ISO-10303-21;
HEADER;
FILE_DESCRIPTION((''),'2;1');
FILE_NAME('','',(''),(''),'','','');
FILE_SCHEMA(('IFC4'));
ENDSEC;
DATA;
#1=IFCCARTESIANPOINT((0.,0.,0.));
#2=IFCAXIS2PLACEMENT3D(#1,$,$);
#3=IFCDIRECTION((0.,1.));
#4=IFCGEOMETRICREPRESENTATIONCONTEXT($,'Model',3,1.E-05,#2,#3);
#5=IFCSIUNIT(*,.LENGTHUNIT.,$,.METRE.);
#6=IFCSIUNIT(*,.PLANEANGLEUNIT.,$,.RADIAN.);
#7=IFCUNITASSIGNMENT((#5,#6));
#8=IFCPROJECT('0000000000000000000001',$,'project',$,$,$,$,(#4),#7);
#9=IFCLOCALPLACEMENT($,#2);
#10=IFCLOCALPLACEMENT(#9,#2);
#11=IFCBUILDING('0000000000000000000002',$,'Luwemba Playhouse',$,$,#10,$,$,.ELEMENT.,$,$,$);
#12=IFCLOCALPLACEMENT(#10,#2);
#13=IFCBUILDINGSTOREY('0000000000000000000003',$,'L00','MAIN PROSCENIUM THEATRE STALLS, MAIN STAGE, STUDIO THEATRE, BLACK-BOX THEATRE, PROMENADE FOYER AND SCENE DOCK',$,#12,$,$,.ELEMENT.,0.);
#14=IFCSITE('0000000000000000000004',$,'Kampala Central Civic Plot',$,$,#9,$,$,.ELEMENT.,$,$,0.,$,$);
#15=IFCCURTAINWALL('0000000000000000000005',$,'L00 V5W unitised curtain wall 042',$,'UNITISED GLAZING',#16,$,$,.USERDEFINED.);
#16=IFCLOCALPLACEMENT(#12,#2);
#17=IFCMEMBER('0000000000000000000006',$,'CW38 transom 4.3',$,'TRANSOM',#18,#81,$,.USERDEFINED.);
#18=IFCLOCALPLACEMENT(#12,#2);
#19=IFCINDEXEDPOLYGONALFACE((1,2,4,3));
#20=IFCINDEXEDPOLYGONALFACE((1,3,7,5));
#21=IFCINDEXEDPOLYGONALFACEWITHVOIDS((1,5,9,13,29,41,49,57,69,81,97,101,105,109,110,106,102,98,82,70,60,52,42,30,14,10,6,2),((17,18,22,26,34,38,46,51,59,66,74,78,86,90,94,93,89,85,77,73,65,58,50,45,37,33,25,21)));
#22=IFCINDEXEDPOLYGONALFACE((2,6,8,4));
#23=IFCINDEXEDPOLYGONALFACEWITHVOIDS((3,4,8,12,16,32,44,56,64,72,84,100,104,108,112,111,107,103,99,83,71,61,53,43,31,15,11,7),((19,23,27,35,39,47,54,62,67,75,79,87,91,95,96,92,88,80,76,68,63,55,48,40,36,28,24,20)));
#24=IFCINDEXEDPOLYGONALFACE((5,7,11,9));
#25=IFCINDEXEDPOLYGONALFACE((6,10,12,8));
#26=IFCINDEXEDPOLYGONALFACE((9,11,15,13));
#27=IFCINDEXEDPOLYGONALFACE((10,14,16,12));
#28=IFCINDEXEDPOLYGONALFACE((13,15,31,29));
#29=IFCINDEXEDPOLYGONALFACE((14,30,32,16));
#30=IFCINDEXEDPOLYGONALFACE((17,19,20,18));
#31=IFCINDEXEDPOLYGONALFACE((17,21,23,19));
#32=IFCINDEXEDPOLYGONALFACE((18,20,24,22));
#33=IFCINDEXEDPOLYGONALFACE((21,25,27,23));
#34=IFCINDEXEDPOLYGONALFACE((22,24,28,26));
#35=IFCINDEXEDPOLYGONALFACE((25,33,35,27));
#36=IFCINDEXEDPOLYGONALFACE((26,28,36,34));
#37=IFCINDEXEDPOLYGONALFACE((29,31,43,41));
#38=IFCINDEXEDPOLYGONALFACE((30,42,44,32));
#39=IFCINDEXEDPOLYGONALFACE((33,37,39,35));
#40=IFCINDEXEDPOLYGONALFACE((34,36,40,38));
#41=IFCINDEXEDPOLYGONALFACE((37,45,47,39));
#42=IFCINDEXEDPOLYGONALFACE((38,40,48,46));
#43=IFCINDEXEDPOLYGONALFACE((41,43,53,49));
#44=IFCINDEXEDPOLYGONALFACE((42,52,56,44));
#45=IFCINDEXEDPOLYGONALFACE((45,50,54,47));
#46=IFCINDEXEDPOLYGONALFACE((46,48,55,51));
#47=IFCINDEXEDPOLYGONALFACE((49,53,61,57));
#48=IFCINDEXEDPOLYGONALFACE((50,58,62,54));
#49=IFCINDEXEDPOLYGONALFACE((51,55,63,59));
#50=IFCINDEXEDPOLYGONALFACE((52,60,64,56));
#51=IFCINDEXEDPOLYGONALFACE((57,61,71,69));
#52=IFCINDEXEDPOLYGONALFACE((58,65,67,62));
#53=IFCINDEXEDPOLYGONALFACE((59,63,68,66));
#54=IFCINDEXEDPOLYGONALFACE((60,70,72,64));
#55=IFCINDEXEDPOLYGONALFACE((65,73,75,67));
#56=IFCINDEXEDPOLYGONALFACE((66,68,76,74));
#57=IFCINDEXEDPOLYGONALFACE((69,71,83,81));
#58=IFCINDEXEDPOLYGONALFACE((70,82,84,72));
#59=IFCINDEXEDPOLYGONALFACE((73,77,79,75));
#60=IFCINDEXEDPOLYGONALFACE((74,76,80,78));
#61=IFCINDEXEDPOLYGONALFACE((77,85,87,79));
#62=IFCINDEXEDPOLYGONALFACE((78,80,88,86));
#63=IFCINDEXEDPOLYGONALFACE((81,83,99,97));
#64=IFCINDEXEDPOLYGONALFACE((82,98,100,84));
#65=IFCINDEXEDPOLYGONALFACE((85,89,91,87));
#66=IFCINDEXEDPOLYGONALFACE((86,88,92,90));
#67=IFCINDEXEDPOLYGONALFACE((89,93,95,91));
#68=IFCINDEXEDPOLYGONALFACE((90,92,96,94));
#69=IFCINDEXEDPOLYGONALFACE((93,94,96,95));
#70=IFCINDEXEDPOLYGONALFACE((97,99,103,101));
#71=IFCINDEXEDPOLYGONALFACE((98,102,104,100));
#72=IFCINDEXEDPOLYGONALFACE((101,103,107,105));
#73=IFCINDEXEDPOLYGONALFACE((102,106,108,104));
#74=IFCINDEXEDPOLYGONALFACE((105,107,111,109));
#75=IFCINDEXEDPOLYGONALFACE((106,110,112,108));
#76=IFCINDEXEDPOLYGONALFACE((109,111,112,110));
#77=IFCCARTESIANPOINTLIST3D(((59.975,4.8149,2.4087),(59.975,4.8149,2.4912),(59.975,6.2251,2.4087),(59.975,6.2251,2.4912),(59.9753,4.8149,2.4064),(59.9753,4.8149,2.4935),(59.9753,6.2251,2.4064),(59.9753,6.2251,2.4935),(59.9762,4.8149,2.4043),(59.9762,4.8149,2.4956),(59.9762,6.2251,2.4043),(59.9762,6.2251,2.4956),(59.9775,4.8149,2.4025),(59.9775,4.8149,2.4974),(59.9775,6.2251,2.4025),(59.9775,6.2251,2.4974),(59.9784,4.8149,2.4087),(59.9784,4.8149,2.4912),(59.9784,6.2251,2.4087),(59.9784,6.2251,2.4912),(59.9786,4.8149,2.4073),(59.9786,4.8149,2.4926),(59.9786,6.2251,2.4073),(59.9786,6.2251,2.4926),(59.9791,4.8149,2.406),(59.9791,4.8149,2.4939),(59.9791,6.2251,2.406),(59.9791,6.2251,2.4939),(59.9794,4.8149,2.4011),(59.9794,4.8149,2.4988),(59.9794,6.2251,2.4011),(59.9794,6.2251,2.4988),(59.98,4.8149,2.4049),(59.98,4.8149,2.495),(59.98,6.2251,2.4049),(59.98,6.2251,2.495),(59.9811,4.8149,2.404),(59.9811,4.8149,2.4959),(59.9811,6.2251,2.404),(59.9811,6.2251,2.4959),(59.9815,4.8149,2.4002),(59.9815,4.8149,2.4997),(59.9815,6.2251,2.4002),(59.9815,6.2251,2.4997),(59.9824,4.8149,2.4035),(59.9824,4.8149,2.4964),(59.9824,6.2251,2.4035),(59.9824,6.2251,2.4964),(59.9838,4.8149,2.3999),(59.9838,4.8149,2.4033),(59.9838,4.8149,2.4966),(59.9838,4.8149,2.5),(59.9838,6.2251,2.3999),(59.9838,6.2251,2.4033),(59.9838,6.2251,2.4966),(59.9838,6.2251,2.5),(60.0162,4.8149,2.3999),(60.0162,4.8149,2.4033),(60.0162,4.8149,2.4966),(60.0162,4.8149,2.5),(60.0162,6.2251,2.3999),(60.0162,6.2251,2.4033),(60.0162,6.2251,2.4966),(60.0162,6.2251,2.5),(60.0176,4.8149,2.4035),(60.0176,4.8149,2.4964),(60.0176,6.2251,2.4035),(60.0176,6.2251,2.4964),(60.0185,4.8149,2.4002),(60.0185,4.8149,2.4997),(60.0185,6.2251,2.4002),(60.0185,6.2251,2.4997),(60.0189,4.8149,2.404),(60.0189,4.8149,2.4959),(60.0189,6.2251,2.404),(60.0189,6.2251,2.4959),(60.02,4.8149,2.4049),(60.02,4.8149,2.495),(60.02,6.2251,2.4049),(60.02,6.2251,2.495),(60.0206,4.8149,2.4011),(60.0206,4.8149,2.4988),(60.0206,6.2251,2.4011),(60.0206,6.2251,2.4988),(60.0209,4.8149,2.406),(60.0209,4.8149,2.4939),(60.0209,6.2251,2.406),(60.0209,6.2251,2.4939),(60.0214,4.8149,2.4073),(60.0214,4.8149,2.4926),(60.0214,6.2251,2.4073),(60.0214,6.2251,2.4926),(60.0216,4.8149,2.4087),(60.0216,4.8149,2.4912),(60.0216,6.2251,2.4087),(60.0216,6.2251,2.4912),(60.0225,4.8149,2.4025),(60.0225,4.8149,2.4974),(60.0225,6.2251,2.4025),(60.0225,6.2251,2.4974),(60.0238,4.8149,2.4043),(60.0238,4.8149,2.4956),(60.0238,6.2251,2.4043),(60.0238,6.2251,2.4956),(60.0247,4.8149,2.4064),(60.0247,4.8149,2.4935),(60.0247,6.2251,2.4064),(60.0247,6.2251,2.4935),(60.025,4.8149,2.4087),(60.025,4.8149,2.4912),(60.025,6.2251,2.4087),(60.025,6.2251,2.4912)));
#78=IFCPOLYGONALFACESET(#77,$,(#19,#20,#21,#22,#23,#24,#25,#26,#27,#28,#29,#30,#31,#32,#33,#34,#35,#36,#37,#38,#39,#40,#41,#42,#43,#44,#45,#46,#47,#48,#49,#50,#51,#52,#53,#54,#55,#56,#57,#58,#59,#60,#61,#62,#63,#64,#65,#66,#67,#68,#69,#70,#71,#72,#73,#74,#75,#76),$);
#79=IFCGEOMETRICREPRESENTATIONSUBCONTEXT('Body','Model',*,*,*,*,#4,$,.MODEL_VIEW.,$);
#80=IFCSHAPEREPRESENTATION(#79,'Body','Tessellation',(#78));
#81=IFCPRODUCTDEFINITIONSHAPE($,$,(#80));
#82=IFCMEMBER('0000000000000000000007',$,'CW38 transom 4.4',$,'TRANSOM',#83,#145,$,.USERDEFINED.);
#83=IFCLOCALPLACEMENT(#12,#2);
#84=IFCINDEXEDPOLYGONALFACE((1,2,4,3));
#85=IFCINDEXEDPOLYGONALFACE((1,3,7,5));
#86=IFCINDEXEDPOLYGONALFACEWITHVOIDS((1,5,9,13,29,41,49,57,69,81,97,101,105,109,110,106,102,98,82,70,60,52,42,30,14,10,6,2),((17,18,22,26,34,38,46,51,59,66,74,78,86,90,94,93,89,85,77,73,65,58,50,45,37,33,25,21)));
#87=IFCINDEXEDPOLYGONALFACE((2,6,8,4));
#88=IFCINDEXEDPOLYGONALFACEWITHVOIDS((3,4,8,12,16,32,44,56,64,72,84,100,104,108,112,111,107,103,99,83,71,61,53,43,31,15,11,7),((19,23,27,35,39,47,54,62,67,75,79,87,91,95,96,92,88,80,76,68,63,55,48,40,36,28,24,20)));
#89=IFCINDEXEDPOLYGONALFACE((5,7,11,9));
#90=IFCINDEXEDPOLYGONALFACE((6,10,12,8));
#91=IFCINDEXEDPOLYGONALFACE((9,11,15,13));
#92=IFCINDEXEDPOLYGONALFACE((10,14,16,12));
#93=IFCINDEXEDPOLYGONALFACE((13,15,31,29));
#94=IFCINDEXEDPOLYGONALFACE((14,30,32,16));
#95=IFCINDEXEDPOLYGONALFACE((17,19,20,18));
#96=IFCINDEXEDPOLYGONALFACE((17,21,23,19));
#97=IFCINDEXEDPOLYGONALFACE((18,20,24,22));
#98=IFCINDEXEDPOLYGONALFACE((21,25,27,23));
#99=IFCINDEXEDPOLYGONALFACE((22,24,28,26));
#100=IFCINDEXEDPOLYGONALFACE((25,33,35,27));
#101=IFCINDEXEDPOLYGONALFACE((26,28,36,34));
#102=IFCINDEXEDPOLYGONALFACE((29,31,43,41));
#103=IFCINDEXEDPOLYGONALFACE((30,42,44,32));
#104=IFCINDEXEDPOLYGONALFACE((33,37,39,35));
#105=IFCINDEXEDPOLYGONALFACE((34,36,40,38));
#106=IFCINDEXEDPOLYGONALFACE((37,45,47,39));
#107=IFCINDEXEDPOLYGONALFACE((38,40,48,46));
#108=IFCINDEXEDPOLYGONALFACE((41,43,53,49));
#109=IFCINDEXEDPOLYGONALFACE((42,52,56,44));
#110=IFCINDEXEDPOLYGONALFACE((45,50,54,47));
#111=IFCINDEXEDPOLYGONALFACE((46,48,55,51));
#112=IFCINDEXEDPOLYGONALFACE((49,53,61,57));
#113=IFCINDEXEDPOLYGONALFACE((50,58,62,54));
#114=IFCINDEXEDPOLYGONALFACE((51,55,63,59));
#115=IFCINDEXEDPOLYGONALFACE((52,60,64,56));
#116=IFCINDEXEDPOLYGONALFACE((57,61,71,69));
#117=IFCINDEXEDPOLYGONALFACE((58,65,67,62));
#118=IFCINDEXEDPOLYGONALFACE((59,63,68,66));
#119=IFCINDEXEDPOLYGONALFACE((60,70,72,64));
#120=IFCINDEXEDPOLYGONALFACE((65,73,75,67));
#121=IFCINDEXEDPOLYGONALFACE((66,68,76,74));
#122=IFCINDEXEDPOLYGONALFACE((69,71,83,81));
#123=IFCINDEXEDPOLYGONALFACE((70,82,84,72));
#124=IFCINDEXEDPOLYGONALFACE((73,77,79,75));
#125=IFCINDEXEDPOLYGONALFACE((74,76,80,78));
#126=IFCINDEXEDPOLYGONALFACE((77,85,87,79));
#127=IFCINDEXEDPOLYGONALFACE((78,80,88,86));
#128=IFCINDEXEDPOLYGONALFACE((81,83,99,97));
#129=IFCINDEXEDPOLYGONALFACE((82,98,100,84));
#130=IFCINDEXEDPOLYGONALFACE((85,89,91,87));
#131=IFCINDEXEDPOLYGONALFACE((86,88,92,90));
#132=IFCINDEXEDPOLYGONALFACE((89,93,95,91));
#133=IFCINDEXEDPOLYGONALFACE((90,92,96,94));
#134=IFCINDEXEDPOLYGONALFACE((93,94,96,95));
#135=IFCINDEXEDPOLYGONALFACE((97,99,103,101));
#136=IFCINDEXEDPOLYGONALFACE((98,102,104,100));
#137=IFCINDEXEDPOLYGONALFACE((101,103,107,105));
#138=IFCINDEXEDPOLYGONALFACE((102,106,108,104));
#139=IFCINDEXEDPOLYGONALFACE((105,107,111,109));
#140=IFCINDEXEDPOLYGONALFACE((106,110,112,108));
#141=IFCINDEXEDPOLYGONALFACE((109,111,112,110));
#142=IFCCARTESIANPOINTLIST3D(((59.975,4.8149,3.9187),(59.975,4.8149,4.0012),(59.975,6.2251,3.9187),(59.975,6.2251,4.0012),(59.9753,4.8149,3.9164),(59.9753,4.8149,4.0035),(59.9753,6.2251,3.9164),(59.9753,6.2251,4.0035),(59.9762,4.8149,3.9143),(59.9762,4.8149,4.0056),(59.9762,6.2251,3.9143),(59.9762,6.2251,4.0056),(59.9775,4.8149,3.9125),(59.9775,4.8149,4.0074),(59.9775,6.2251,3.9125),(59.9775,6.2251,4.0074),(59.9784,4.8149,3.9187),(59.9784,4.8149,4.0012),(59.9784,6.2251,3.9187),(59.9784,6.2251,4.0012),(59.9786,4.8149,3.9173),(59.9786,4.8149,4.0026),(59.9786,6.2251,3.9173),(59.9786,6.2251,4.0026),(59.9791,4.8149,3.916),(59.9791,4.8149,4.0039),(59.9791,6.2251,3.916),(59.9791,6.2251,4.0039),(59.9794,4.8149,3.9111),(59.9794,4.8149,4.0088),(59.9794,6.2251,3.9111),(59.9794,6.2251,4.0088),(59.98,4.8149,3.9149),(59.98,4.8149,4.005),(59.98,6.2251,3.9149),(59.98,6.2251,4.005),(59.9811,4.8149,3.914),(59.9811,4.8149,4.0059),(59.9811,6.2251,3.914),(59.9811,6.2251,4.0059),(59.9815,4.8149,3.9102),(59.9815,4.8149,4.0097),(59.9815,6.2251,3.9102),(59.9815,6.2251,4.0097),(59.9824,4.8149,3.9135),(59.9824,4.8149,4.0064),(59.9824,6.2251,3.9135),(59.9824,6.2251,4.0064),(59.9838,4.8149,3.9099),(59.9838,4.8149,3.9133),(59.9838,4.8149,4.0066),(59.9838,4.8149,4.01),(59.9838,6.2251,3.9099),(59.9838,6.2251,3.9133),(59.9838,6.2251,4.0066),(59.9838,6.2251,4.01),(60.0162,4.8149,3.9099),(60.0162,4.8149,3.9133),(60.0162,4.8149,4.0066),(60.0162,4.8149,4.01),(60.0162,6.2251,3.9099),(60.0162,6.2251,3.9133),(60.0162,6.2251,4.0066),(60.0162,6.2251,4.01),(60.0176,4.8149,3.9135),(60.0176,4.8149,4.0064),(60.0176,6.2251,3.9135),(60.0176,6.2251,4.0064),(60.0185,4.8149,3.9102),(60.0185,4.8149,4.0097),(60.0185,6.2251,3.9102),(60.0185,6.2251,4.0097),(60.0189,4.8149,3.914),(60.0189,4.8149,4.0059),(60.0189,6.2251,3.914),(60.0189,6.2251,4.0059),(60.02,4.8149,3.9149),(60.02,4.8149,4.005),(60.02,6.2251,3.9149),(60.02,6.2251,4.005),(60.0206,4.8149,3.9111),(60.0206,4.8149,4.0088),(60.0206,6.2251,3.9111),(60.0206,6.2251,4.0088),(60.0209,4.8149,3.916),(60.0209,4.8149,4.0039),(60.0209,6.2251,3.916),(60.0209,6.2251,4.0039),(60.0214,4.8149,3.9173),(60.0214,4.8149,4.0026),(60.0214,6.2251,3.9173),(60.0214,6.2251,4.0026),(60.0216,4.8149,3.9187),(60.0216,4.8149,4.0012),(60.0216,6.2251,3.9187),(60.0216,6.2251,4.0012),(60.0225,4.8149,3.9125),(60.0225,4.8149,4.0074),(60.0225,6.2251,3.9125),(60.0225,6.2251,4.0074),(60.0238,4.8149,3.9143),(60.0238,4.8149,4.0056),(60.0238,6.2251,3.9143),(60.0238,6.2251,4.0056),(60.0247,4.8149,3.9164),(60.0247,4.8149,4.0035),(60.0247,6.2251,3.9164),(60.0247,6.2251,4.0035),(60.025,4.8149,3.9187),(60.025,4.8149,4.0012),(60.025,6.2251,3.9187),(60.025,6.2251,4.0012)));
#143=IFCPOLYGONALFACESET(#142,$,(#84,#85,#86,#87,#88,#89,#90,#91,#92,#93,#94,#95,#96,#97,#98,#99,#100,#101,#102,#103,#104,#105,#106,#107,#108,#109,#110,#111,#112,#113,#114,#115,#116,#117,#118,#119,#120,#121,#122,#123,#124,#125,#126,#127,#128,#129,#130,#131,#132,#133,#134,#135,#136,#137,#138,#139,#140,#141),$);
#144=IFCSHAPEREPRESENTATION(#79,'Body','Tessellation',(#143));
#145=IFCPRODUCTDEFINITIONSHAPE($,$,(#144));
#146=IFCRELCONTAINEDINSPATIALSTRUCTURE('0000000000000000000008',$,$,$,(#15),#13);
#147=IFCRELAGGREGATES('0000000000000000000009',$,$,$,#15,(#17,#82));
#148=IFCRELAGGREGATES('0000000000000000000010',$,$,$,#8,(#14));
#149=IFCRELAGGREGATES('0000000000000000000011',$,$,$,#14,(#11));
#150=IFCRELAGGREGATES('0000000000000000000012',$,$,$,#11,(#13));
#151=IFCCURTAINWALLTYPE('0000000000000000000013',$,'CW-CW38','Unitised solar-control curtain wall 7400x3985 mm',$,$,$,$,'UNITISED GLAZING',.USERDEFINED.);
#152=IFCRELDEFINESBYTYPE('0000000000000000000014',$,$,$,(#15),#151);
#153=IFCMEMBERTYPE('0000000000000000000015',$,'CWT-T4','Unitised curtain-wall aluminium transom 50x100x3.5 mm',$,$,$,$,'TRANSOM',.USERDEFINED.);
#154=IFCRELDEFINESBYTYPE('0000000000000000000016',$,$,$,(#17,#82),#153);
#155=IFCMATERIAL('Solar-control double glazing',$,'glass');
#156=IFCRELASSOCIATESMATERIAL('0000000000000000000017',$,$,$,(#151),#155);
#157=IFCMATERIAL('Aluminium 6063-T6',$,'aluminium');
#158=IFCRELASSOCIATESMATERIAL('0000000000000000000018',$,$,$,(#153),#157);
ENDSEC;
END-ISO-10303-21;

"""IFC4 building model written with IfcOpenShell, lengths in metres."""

from ifc_helpers import new_model, si_unit, direction, frame, origin, origin_2d, place, context, subcontext, project, spatial, hollow_rectangle, extrude, material, material_profile, profile_set, type_object, element, aggregate, save


model = new_model("IFC4")

# Units and contexts
model_context = context("Model", 3, precision=1e-05, world=origin(), true_north=direction((0.0, 1.0)))
body_context = subcontext(model_context, "Body", "Model", "MODEL_VIEW")
ifc_project = project(units=[si_unit("LENGTHUNIT", "METRE"), si_unit("PLANEANGLEUNIT", "RADIAN")], contexts=[model_context])

# Site, building, storey
site_placement = place(None, origin())
site = spatial("IfcSite", under=ifc_project, at=site_placement, Name="Kampala Central Civic Plot", CompositionType="ELEMENT", RefElevation=0.0)
building_placement = place(site_placement, origin())
building = spatial("IfcBuilding", under=site, at=building_placement, Name="Luwemba Playhouse", CompositionType="ELEMENT")
storey_placement = place(building_placement, origin())
storey = spatial("IfcBuildingStorey", under=building, at=storey_placement, Name="L00", Description="MAIN PROSCENIUM THEATRE STALLS, MAIN STAGE, STUDIO THEATRE, BLACK-BOX THEATRE, PROMENADE FOYER AND SCENE DOCK", CompositionType="ELEMENT", Elevation=0.0)

# Shared definitions
ifc_material_1 = material(Name="Solar-control double glazing", Category="glass")
ifc_material_2 = material(Name="Aluminium 6063-T6", Category="aluminium")

# Curtain wall
curtain_wall_type_1 = type_object("IfcCurtainWallType", Name="CW-CW38", Description="Unitised solar-control curtain wall 7400x3985 mm", ElementType="UNITISED GLAZING", PredefinedType="USERDEFINED", material=ifc_material_1)
curtain_wall_1_placement = place(storey_placement, origin())
curtain_wall_1 = element("IfcCurtainWall", 1, at=curtain_wall_1_placement, inside=storey, type_object=curtain_wall_type_1, Name="L00 V5W unitised curtain wall 042", ObjectType="UNITISED GLAZING", PredefinedType="USERDEFINED")

# Members
ifc_material_profile_1 = material_profile(ifc_material_2, hollow_rectangle(XDim=0.05, YDim=0.1001, WallThickness=0.0034, InnerFilletRadius=0.0054, OuterFilletRadius=0.0088, at=origin_2d()))
ifc_profile_set_1 = profile_set([ifc_material_profile_1], Name="Aluminium 6063-T6")
member_type_1 = type_object("IfcMemberType", Name="CWT-T4", Description="Unitised curtain-wall aluminium transom 50x100x3.5 mm", ElementType="TRANSOM", PredefinedType="USERDEFINED", material=ifc_profile_set_1)
member_1_placement = place(storey_placement, frame((60.0, 6.2251, 2.45), z_axis=(0.0, -1.0, 0.0), x_axis=(1.0, 0.0, 0.0)))
member_1 = element("IfcMember", 2, at=member_1_placement, type_object=member_type_1, Name="CW38 transom 4.3", ObjectType="TRANSOM", PredefinedType="USERDEFINED", context=body_context, shape_type="SweptSolid", body=[
    extrude(hollow_rectangle(XDim=0.05, YDim=0.1001, WallThickness=0.0034, InnerFilletRadius=0.0054, OuterFilletRadius=0.0088, at=origin_2d()), origin(), (0.0, 0.0, 1.0), 1.4102),
])
member_2_placement = place(storey_placement, frame((60.0, 6.2251, 3.96), z_axis=(0.0, -1.0, 0.0), x_axis=(1.0, 0.0, 0.0)))
member_2 = element("IfcMember", 3, at=member_2_placement, type_object=member_type_1, Name="CW38 transom 4.4", ObjectType="TRANSOM", PredefinedType="USERDEFINED", context=body_context, shape_type="SweptSolid", body=[
    extrude(hollow_rectangle(XDim=0.05, YDim=0.1001, WallThickness=0.0034, InnerFilletRadius=0.0054, OuterFilletRadius=0.0088, at=origin_2d()), origin(), (0.0, 0.0, 1.0), 1.4102),
])

aggregate(curtain_wall_1, [member_1, member_2])

save(model, "model.ifc")
